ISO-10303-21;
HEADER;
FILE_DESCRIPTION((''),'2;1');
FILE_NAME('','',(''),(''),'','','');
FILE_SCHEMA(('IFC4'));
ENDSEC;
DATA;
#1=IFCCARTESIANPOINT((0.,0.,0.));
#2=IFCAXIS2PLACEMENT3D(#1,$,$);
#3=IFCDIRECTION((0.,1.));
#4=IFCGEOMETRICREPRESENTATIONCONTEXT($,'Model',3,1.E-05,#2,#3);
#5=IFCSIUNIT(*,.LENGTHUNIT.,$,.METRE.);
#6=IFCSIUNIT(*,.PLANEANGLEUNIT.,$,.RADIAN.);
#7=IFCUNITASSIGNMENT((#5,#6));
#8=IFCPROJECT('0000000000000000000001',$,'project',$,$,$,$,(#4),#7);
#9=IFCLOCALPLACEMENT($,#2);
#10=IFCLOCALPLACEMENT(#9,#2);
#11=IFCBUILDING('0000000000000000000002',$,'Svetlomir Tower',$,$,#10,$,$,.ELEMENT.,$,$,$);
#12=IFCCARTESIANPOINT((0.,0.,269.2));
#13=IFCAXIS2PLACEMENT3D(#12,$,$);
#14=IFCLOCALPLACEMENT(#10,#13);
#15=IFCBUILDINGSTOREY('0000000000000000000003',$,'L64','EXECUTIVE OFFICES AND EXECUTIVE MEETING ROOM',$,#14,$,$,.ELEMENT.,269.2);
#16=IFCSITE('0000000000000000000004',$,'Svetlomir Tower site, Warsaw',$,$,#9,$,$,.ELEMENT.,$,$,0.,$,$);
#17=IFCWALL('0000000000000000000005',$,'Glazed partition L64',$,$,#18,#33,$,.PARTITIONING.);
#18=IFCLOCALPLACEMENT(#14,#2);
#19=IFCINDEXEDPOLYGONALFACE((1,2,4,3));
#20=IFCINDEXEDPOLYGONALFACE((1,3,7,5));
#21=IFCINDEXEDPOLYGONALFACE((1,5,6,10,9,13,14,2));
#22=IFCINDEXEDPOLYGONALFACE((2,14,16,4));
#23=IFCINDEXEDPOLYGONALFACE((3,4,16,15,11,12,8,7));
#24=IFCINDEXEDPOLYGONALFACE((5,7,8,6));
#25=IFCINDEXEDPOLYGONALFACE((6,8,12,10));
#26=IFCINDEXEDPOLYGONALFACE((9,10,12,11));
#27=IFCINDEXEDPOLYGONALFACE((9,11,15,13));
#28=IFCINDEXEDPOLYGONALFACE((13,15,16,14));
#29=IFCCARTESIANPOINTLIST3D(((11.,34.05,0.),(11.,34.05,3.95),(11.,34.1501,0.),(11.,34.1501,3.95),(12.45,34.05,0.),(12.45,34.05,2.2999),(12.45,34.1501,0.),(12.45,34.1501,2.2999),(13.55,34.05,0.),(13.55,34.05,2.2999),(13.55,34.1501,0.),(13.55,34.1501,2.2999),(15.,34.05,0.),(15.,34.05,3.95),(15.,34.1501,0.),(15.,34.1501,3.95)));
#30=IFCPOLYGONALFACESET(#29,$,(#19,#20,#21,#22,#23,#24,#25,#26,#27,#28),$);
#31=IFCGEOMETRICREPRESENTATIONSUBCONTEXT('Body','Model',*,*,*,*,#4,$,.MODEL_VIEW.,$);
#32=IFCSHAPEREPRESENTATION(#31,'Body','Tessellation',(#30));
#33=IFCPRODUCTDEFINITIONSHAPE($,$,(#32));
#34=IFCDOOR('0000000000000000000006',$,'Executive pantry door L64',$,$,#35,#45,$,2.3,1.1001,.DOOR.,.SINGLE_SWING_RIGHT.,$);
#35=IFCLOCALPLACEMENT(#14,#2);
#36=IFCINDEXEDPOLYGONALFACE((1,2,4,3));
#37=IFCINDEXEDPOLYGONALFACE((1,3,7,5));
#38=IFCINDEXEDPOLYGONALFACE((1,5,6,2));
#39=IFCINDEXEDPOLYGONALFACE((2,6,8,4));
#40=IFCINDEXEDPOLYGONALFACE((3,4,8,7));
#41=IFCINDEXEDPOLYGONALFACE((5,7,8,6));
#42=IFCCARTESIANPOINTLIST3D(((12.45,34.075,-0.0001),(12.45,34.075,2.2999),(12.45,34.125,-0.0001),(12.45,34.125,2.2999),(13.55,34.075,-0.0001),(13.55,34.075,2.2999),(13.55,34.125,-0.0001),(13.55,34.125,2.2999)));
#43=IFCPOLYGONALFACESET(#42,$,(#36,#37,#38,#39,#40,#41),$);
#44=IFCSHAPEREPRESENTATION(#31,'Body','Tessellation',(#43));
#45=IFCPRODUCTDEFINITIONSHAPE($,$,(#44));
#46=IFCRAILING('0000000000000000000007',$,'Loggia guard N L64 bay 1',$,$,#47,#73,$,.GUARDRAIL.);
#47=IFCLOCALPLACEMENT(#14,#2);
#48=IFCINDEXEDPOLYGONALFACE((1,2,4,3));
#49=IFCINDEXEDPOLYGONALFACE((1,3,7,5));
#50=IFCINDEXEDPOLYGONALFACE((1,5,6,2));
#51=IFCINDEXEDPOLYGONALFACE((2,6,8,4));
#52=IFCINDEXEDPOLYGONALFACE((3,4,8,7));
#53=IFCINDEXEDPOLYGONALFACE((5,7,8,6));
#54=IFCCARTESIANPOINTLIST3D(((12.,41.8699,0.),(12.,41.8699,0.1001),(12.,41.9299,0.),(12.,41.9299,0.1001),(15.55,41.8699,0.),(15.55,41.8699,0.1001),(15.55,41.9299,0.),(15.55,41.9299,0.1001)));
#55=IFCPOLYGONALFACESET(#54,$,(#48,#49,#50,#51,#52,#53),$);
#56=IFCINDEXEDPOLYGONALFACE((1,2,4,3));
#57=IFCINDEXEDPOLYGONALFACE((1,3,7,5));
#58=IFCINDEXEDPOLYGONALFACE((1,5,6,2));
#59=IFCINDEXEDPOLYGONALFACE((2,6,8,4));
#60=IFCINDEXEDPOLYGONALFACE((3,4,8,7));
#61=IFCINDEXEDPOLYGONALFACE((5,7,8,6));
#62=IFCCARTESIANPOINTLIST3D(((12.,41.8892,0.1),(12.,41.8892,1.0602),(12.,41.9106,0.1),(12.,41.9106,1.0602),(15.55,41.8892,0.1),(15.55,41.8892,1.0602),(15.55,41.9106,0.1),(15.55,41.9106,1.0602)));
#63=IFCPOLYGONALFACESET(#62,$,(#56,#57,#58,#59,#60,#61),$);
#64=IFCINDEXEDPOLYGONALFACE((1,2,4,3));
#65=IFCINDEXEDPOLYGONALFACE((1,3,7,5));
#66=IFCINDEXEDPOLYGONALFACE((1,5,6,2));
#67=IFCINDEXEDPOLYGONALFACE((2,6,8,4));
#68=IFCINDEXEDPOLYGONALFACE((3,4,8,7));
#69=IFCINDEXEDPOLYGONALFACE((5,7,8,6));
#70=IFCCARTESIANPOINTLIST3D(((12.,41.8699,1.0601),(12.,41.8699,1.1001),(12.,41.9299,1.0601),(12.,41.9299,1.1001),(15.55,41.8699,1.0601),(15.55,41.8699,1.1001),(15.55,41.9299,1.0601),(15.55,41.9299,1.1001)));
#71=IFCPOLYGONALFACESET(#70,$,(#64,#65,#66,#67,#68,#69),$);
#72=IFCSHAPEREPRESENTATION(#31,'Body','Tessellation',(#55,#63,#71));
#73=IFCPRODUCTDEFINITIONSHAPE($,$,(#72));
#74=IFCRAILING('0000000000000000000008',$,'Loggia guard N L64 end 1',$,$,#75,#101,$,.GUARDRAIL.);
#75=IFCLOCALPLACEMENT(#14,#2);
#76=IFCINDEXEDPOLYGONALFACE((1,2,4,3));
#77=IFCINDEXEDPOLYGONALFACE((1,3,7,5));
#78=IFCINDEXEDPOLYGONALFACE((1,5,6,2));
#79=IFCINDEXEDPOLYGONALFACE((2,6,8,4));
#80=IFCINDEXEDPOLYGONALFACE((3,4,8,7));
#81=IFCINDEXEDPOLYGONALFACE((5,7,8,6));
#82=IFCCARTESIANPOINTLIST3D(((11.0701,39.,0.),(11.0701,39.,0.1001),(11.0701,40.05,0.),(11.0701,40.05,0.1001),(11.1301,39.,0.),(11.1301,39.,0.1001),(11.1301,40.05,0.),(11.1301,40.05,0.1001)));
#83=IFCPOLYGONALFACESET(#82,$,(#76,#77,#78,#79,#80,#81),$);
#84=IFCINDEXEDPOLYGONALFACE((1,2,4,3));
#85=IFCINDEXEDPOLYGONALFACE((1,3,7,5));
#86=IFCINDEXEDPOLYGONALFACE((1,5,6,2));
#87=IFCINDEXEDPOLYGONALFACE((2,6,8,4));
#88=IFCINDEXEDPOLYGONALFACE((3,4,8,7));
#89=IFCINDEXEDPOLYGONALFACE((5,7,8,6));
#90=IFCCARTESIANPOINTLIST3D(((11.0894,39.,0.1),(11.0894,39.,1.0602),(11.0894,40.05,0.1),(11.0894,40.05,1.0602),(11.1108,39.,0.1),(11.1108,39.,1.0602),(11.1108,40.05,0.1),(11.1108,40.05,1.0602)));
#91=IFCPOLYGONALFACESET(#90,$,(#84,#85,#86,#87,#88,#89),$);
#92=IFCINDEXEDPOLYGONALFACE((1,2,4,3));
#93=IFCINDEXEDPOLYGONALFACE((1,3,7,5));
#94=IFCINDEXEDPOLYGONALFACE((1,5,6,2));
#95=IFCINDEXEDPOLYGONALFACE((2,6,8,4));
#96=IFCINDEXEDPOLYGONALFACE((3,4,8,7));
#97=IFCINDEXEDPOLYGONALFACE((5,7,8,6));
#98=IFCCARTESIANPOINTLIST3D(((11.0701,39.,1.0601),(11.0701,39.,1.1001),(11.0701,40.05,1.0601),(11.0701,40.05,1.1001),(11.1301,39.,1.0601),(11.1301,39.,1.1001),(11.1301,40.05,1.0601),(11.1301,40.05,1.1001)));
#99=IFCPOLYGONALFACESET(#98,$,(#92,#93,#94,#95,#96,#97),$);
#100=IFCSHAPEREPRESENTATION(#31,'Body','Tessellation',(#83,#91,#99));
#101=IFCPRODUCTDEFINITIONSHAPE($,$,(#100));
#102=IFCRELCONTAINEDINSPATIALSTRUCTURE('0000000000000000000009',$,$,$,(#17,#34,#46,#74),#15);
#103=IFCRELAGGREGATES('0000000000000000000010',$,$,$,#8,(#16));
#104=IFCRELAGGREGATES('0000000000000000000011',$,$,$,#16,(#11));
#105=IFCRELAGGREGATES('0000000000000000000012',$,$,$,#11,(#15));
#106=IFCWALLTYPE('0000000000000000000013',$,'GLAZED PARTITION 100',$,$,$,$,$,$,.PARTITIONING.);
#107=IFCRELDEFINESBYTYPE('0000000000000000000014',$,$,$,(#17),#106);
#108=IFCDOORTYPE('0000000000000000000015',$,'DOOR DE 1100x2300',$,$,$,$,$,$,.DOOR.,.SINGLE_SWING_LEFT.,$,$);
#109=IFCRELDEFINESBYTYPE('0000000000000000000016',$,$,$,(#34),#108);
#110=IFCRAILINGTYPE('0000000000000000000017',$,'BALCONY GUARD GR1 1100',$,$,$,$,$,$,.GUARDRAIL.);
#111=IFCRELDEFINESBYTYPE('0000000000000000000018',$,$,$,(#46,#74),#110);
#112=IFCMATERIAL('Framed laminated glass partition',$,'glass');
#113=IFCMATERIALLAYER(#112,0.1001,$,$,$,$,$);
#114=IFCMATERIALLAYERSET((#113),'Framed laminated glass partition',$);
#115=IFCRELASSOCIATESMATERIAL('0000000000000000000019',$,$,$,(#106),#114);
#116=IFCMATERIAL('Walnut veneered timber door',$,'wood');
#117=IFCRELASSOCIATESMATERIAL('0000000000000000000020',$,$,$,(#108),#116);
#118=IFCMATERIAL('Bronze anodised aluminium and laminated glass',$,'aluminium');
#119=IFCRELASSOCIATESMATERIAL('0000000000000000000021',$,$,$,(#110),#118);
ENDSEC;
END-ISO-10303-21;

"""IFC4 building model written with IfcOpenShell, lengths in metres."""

from ifc_helpers import new_model, si_unit, direction, frame, frame_2d, origin, origin_2d, place, context, subcontext, project, spatial, rectangle, extrude, material, layer, layer_set, type_object, element, fill, save


model = new_model("IFC4")

# Units and contexts
model_context = context("Model", 3, precision=1e-05, world=origin(), true_north=direction((0.0, 1.0)))
body_context = subcontext(model_context, "Body", "Model", "MODEL_VIEW")
ifc_project = project(units=[si_unit("LENGTHUNIT", "METRE"), si_unit("PLANEANGLEUNIT", "RADIAN")], contexts=[model_context])

# Site, building, storey
site_placement = place(None, origin())
site = spatial("IfcSite", under=ifc_project, at=site_placement, Name="Svetlomir Tower site, Warsaw", CompositionType="ELEMENT", RefElevation=0.0)
building_placement = place(site_placement, origin())
building = spatial("IfcBuilding", under=site, at=building_placement, Name="Svetlomir Tower", CompositionType="ELEMENT")
storey_placement = place(building_placement, frame((0.0, 0.0, 269.2)))
storey = spatial("IfcBuildingStorey", under=building, at=storey_placement, Name="L64", Description="EXECUTIVE OFFICES AND EXECUTIVE MEETING ROOM", CompositionType="ELEMENT", Elevation=269.2)

# Wall, opening, door
ifc_material_1 = material(Name="Framed laminated glass partition", Category="glass")
ifc_layer_1 = layer(ifc_material_1, 0.1001)
ifc_layer_set_1 = layer_set([ifc_layer_1], Name="Framed laminated glass partition")
wall_type = type_object("IfcWallType", Name="GLAZED PARTITION 100", PredefinedType="PARTITIONING", material=ifc_layer_set_1)
wall_placement = place(storey_placement, frame((11.0, 34.1001, 0.0), z_axis=(0.0, 0.0, 1.0), x_axis=(1.0, 0.0, 0.0)))
wall = element("IfcWall", 1, at=wall_placement, inside=storey, type_object=wall_type, Name="Glazed partition L64", PredefinedType="PARTITIONING", context=body_context, shape_type="SweptSolid", body=[
    extrude(rectangle(XDim=4.0, YDim=0.1001, at=frame_2d((2.0, 0.0))), origin(), (0.0, 0.0, 1.0), 3.95),
])
opening_placement = place(wall_placement, frame((1.45, 0.0, 0.0)))
opening = element("IfcOpeningElement", 2, at=opening_placement, cuts=wall, PredefinedType="OPENING", context=body_context, shape_type="SweptSolid", body=[
    extrude(rectangle(XDim=1.1001, YDim=2.3, at=frame_2d((0.55, 1.1499))), frame((0.0, 0.0601, 0.0), z_axis=(0.0, -1.0, 0.0), x_axis=(1.0, 0.0, 0.0)), (0.0, 0.0, 1.0), 0.1201),
])
ifc_material_2 = material(Name="Walnut veneered timber door", Category="wood")
door_type = type_object("IfcDoorType", Name="DOOR DE 1100x2300", OperationType="SINGLE_SWING_LEFT", PredefinedType="DOOR", material=ifc_material_2)
door_placement = place(opening_placement, origin())
door = element("IfcDoor", 3, at=door_placement, inside=storey, type_object=door_type, Name="Executive pantry door L64", OperationType="SINGLE_SWING_RIGHT", OverallHeight=2.3, OverallWidth=1.1001, PredefinedType="DOOR", context=body_context, shape_type="SweptSolid", body=[
    extrude(rectangle(XDim=1.1001, YDim=2.3, at=frame_2d((0.55, 1.1499))), frame((0.0, 0.0249, 0.0), z_axis=(0.0, -1.0, 0.0), x_axis=(1.0, 0.0, 0.0)), (0.0, 0.0, 1.0), 0.05),
])
fill(opening, door)

# Railings
ifc_material_3 = material(Name="Bronze anodised aluminium and laminated glass", Category="aluminium")
railing_type = type_object("IfcRailingType", Name="BALCONY GUARD GR1 1100", PredefinedType="GUARDRAIL", material=ifc_material_3)
railing_1_placement = place(storey_placement, frame((12.0, 41.8999, 0.0)))
element("IfcRailing", 4, at=railing_1_placement, inside=storey, type_object=railing_type, Name="Loggia guard N L64 bay 1", PredefinedType="GUARDRAIL", context=body_context, shape_type="SweptSolid", body=[
    extrude(rectangle(XDim=0.0601, YDim=0.1001, at=origin_2d()), frame((0.0, 0.0, 0.05), z_axis=(1.0, 0.0, 0.0), x_axis=(0.0, 1.0, 0.0)), (0.0, 0.0, 1.0), 3.55),
    extrude(rectangle(XDim=0.0215, YDim=0.9602, at=origin_2d()), frame((0.0, 0.0, 0.5801), z_axis=(1.0, 0.0, 0.0), x_axis=(0.0, 1.0, 0.0)), (0.0, 0.0, 1.0), 3.55),
    extrude(rectangle(XDim=0.0601, YDim=0.04, at=origin_2d()), frame((0.0, 0.0, 1.0801), z_axis=(1.0, 0.0, 0.0), x_axis=(0.0, 1.0, 0.0)), (0.0, 0.0, 1.0), 3.55),
])
railing_2_placement = place(storey_placement, frame((11.1001, 40.05, 0.0)))
element("IfcRailing", 5, at=railing_2_placement, inside=storey, type_object=railing_type, Name="Loggia guard N L64 end 1", PredefinedType="GUARDRAIL", context=body_context, shape_type="SweptSolid", body=[
    extrude(rectangle(XDim=0.0601, YDim=0.1001, at=origin_2d()), frame((0.0, 0.0, 0.05), z_axis=(0.0, -1.0, 0.0), x_axis=(1.0, 0.0, 0.0)), (0.0, 0.0, 1.0), 1.05),
    extrude(rectangle(XDim=0.0215, YDim=0.9602, at=origin_2d()), frame((0.0, 0.0, 0.5801), z_axis=(0.0, -1.0, 0.0), x_axis=(1.0, 0.0, 0.0)), (0.0, 0.0, 1.0), 1.05),
    extrude(rectangle(XDim=0.0601, YDim=0.04, at=origin_2d()), frame((0.0, 0.0, 1.0801), z_axis=(0.0, -1.0, 0.0), x_axis=(1.0, 0.0, 0.0)), (0.0, 0.0, 1.0), 1.05),
])

save(model, "model.ifc")
